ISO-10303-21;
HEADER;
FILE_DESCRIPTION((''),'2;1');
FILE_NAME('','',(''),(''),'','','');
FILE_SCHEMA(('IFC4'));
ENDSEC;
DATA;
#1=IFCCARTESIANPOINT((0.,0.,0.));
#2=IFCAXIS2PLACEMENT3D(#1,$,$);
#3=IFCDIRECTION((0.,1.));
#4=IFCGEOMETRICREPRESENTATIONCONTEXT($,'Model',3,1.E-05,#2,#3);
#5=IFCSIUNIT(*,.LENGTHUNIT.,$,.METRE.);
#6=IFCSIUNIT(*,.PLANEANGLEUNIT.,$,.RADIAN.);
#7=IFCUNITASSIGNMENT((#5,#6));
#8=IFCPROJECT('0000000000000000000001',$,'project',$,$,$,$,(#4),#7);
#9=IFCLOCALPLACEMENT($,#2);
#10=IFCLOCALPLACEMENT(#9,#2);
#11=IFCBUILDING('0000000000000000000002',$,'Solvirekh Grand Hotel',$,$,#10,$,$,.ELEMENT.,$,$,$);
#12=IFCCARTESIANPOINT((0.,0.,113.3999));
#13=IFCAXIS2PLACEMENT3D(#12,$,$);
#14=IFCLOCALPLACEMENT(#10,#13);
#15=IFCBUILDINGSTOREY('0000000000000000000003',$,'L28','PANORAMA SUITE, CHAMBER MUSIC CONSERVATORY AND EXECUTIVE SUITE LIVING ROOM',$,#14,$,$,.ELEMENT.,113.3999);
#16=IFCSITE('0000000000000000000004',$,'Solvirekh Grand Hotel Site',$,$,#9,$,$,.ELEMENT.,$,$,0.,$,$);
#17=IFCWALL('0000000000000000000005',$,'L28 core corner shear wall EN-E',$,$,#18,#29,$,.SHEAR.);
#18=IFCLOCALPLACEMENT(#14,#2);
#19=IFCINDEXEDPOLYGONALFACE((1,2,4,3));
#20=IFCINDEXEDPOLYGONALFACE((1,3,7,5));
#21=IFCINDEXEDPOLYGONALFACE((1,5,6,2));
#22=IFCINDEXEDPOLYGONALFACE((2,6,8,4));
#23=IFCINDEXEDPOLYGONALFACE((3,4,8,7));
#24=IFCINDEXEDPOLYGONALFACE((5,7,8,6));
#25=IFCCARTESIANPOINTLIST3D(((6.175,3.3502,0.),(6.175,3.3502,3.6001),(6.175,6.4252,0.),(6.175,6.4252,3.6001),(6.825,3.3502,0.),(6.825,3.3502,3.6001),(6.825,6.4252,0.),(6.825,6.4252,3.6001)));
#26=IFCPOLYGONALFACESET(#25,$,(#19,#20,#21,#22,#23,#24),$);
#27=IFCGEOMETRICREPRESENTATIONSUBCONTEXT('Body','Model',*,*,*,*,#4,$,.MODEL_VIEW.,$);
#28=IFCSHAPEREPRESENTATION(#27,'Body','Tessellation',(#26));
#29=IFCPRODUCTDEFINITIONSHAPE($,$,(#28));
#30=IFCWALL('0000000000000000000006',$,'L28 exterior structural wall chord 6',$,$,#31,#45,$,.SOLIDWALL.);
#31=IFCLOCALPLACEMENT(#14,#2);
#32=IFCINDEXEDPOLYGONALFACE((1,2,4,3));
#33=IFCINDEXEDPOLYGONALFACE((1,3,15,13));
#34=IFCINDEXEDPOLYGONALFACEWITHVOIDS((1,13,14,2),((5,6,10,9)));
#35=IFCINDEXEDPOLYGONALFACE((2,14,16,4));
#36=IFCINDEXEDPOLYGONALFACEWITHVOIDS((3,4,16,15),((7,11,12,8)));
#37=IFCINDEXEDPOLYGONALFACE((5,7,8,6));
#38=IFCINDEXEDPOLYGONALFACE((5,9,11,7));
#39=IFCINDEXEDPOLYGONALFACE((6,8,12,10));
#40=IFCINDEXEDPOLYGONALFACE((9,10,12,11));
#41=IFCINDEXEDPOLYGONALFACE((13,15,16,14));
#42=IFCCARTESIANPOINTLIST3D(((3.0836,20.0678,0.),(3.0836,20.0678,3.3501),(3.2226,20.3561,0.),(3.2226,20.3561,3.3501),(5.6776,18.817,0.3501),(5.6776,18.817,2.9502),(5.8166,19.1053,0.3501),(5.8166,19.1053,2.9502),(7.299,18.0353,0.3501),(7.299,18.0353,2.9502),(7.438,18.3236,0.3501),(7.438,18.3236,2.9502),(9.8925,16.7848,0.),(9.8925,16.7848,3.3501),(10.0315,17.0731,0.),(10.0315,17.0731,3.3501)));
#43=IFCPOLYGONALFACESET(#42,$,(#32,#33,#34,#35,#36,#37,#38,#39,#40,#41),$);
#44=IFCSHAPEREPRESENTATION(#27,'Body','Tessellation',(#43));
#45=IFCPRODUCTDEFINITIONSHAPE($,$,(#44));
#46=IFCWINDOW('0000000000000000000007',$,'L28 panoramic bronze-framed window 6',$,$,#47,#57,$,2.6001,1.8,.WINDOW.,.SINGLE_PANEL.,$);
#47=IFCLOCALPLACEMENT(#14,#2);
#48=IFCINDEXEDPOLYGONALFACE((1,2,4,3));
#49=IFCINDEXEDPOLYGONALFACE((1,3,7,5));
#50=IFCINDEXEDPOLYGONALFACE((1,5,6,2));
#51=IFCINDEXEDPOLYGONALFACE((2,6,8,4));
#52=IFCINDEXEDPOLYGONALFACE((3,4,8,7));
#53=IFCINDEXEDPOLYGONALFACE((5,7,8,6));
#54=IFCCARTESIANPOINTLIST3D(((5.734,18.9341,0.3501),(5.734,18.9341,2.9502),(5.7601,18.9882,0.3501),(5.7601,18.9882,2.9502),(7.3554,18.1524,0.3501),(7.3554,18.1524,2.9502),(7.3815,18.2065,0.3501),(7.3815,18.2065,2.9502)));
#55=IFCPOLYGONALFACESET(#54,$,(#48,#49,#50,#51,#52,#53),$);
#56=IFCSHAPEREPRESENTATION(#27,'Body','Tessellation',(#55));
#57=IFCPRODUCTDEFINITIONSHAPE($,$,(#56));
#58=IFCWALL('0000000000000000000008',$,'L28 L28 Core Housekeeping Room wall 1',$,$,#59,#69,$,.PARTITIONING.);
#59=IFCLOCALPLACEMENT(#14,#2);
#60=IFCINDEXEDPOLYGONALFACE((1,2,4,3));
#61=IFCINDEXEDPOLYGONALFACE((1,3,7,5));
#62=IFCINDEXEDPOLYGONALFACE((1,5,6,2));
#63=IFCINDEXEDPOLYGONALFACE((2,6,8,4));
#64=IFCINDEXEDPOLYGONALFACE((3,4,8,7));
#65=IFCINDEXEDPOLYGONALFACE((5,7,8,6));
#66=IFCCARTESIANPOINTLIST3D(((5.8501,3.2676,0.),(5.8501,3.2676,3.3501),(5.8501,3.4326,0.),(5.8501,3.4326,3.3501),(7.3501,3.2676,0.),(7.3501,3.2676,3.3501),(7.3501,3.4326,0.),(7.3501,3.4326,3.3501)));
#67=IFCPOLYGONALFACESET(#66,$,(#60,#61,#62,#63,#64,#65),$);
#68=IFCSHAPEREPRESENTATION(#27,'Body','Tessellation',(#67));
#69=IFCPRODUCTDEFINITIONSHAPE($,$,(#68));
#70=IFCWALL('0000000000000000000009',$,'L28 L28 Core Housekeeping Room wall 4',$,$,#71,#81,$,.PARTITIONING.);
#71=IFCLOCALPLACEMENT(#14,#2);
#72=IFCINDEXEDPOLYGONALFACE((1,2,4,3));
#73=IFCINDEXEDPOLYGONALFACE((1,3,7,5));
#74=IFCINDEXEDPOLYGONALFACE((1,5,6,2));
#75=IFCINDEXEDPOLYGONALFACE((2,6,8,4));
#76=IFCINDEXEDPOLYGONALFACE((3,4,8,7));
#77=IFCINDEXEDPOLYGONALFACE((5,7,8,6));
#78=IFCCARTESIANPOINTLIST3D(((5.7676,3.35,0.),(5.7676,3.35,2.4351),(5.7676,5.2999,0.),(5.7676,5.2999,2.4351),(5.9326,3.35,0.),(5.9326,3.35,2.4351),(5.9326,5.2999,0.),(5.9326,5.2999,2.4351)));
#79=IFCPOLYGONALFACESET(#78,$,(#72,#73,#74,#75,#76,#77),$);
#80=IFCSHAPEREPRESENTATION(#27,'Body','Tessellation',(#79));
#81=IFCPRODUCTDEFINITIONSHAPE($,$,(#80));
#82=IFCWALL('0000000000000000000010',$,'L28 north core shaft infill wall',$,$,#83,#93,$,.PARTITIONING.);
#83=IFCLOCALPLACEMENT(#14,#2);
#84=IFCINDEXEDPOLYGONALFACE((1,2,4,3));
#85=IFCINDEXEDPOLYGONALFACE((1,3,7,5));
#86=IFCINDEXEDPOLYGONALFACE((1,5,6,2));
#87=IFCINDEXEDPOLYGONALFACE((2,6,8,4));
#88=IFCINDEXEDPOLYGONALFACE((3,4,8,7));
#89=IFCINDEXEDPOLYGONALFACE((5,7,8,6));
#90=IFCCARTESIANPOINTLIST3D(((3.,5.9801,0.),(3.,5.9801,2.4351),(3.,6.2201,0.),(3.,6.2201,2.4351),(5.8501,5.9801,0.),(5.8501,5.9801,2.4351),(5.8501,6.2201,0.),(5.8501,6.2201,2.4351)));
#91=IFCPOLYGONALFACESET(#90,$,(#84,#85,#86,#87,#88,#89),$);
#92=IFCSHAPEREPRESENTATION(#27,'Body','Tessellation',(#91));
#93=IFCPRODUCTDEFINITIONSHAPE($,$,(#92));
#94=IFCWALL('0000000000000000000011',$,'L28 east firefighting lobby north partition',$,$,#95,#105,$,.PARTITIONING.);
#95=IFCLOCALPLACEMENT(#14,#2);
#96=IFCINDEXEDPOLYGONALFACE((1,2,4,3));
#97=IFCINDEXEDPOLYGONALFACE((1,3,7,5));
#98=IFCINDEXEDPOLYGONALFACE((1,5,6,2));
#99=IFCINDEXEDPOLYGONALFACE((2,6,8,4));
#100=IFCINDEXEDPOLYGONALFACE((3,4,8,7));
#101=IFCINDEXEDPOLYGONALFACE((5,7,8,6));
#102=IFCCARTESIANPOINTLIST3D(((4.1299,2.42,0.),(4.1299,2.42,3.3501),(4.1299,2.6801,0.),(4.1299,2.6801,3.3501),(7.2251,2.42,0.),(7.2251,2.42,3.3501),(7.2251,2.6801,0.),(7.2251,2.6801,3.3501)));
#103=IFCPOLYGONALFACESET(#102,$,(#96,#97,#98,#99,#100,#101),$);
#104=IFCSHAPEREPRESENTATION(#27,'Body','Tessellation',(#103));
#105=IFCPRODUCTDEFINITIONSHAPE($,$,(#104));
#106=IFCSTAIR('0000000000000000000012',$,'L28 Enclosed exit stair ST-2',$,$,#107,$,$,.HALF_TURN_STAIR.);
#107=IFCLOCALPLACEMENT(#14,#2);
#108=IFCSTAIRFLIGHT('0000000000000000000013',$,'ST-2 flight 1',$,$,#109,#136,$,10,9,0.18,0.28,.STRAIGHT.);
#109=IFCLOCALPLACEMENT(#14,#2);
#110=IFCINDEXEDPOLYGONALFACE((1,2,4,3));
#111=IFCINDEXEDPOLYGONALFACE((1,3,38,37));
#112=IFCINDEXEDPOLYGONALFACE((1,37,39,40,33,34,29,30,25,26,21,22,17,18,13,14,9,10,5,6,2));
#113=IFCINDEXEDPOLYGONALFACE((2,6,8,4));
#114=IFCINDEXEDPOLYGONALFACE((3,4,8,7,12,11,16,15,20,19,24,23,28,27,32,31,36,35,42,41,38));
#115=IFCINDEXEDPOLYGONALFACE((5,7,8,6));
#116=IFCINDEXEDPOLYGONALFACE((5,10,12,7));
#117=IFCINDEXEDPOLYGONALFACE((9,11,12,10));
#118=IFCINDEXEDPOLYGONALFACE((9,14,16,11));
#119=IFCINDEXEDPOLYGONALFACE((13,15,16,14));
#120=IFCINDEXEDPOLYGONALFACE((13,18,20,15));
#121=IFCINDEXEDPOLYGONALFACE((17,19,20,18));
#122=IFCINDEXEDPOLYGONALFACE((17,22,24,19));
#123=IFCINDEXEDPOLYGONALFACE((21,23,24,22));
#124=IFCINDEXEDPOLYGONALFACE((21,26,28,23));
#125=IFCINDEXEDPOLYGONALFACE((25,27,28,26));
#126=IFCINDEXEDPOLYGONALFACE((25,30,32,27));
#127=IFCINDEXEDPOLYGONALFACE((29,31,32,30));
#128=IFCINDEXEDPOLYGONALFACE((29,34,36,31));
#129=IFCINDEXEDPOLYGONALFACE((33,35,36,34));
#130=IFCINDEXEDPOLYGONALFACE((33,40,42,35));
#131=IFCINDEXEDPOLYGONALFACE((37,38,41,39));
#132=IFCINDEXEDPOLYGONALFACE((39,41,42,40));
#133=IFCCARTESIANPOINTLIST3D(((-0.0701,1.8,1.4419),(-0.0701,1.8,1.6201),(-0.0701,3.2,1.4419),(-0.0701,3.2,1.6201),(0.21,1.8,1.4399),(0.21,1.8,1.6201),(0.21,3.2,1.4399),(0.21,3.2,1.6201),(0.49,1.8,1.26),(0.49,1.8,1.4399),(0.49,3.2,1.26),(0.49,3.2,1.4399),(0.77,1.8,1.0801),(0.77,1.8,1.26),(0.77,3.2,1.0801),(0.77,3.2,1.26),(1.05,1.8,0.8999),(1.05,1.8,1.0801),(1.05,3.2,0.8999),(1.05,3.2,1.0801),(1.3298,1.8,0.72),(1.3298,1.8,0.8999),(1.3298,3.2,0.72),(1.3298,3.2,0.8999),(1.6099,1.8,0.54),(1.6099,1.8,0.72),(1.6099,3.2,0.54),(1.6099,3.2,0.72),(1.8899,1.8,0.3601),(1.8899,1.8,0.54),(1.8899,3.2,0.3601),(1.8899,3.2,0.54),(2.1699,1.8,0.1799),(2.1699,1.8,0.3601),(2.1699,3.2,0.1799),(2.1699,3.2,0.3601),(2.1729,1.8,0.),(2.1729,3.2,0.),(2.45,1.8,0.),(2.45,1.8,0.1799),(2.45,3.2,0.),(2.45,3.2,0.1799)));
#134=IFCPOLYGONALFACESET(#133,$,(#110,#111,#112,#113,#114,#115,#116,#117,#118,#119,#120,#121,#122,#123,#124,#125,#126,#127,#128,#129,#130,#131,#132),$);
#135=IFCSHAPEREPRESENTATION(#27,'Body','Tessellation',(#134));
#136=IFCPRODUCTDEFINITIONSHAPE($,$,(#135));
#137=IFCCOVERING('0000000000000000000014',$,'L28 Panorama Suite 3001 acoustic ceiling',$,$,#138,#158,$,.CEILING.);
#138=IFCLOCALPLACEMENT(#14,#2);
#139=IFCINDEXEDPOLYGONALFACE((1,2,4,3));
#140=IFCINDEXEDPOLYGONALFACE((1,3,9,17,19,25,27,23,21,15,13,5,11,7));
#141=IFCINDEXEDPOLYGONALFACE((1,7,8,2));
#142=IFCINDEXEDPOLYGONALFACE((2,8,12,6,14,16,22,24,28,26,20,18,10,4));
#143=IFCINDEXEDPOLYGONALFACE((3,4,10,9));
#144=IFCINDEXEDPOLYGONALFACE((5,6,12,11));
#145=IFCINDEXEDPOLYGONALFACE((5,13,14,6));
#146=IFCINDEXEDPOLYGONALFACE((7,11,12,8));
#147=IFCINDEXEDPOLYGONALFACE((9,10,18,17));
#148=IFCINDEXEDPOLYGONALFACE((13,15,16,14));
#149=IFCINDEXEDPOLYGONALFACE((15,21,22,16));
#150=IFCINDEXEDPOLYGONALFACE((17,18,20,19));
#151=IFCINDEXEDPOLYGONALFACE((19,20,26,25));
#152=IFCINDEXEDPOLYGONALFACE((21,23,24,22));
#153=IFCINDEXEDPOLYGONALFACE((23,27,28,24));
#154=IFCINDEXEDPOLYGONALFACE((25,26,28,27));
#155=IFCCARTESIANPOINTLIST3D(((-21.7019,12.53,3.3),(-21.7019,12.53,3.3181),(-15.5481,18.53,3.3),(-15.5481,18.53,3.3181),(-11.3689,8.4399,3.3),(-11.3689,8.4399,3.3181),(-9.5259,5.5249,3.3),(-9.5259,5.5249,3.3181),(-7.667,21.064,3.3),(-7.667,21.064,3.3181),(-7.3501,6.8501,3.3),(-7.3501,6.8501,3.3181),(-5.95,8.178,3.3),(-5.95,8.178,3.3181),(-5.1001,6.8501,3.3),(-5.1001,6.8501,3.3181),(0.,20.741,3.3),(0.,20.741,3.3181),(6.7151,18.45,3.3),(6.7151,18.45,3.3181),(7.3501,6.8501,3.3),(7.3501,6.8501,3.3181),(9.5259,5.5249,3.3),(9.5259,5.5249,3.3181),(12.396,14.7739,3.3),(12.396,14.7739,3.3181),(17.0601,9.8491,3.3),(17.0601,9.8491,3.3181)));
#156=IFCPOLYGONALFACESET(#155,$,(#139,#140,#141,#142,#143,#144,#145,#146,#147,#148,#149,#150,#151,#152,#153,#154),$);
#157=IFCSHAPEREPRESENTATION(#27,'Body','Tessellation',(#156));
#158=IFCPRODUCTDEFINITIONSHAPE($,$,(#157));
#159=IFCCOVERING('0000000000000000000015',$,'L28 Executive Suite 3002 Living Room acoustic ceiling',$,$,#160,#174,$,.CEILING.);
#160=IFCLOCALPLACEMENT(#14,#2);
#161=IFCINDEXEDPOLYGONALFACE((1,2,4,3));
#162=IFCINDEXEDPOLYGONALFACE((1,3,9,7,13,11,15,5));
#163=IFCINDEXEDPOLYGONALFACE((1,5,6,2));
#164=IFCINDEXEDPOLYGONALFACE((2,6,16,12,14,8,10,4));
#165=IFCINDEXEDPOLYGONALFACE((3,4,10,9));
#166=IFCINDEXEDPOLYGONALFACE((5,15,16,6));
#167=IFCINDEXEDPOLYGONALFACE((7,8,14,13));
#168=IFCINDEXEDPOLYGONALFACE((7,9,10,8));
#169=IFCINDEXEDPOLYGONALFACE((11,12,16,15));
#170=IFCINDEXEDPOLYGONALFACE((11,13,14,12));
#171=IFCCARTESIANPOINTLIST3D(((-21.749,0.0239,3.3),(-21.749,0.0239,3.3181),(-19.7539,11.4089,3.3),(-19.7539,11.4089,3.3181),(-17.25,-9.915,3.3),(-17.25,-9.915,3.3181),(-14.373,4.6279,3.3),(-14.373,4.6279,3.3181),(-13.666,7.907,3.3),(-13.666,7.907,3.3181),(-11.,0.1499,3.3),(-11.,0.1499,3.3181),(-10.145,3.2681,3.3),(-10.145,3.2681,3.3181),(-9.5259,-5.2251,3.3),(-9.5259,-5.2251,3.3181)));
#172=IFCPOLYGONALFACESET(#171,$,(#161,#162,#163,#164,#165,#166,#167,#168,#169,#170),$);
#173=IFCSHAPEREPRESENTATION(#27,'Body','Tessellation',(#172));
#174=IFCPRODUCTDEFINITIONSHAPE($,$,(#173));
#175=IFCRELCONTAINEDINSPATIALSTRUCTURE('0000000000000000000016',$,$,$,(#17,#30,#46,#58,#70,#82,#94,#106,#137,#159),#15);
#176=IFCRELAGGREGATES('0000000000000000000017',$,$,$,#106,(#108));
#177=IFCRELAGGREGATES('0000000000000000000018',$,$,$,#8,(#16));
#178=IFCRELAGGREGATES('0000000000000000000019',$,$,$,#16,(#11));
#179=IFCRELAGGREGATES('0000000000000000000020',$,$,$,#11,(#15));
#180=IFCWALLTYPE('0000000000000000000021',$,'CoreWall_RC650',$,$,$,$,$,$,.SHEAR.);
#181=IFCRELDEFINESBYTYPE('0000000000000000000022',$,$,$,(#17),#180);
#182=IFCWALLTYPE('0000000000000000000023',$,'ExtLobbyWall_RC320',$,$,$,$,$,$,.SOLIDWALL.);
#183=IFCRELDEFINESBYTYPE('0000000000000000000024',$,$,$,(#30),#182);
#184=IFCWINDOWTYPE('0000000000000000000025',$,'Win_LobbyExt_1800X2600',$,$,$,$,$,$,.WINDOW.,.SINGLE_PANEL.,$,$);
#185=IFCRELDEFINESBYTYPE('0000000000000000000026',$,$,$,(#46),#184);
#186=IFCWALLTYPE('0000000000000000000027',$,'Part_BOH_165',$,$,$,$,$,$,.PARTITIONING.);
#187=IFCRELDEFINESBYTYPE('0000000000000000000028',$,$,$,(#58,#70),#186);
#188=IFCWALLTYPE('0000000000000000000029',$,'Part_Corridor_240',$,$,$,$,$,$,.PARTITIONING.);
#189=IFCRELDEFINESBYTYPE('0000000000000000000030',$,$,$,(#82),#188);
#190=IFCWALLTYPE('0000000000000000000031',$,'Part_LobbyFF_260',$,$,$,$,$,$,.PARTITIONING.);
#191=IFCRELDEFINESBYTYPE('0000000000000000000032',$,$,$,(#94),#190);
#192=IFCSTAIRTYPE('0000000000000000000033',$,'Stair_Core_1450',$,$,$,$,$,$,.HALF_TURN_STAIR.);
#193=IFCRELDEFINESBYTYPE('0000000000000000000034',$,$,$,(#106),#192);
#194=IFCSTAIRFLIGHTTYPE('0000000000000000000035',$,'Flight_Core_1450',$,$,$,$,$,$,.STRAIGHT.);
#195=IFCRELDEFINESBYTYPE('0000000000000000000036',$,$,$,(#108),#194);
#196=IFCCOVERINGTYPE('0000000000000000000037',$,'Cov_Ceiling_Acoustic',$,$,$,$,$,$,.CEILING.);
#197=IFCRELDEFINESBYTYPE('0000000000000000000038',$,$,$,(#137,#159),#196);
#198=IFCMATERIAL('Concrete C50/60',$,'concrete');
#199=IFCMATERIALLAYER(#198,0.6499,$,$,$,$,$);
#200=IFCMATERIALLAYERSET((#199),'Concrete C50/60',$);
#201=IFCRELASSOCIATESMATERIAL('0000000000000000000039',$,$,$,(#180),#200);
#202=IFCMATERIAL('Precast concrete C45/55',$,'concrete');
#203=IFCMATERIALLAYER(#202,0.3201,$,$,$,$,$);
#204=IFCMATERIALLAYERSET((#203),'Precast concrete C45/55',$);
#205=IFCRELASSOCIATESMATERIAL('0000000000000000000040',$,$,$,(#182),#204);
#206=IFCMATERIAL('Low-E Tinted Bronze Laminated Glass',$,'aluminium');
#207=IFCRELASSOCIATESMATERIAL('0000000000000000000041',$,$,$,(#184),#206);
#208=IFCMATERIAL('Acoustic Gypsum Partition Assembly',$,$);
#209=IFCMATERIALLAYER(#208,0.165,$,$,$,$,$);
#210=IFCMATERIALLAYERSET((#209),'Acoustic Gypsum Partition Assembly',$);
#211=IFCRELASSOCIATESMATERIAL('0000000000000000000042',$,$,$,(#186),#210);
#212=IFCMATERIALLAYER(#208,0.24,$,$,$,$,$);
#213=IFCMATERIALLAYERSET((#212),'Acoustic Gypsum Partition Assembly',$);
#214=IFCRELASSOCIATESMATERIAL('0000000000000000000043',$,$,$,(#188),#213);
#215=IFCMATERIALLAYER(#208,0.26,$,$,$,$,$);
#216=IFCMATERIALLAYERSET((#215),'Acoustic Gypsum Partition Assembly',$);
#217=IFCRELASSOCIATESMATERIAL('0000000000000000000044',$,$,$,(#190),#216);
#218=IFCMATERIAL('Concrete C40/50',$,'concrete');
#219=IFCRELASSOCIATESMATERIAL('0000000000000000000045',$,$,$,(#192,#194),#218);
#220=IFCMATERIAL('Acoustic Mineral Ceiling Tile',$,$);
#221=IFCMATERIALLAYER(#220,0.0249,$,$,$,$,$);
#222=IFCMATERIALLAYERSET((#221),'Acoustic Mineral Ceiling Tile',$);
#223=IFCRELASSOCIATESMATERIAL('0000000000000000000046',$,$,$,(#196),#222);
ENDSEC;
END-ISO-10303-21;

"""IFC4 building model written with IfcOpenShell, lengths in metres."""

from ifc_helpers import new_model, si_unit, direction, frame, frame_2d, origin, place, context, subcontext, project, spatial, polyline, rectangle, outline, extrude, material, layer, layer_set, type_object, element, fill, aggregate, save


model = new_model("IFC4")

# Units and contexts
model_context = context("Model", 3, precision=1e-05, world=origin(), true_north=direction((0.0, 1.0)))
body_context = subcontext(model_context, "Body", "Model", "MODEL_VIEW")
ifc_project = project(units=[si_unit("LENGTHUNIT", "METRE"), si_unit("PLANEANGLEUNIT", "RADIAN")], contexts=[model_context])

# Site, building, storey
site_placement = place(None, origin())
site = spatial("IfcSite", under=ifc_project, at=site_placement, Name="Solvirekh Grand Hotel Site", CompositionType="ELEMENT", RefElevation=0.0)
building_placement = place(site_placement, origin())
building = spatial("IfcBuilding", under=site, at=building_placement, Name="Solvirekh Grand Hotel", CompositionType="ELEMENT")
storey_placement = place(building_placement, frame((0.0, 0.0, 113.3999)))
storey = spatial("IfcBuildingStorey", under=building, at=storey_placement, Name="L28", Description="PANORAMA SUITE, CHAMBER MUSIC CONSERVATORY AND EXECUTIVE SUITE LIVING ROOM", CompositionType="ELEMENT", Elevation=113.3999)

# Shared definitions
ifc_material_1 = material(Name="Concrete C50/60", Category="concrete")

# Wall
ifc_material_2 = material(Name="Concrete C40/50", Category="concrete")
ifc_layer_1 = layer(ifc_material_1, 0.6499)
ifc_layer_set_1 = layer_set([ifc_layer_1], Name="Concrete C50/60")
wall_type_1 = type_object("IfcWallType", Name="CoreWall_RC650", PredefinedType="SHEAR", material=ifc_layer_set_1)
wall_1_placement = place(storey_placement, frame((6.5, 3.3501, 0.0), z_axis=(0.0, 0.0, 1.0), x_axis=(0.0, 1.0, 0.0)))
element("IfcWall", 1, at=wall_1_placement, inside=storey, type_object=wall_type_1, Name="L28 core corner shear wall EN-E", PredefinedType="SHEAR", context=body_context, shape_type="SweptSolid", body=[
    extrude(rectangle(XDim=3.075, YDim=0.6499, at=frame_2d((1.5376, 0.0))), origin(), (0.0, 0.0, 1.0), 3.6001),
])

# Wall, opening, window
ifc_material_3 = material(Name="Precast concrete C45/55", Category="concrete")
ifc_layer_2 = layer(ifc_material_3, 0.3201)
ifc_layer_set_2 = layer_set([ifc_layer_2], Name="Precast concrete C45/55")
wall_type_2 = type_object("IfcWallType", Name="ExtLobbyWall_RC320", PredefinedType="SOLIDWALL", material=ifc_layer_set_2)
wall_2_placement = place(storey_placement, frame((3.1531, 20.2119, 0.0), z_axis=(0.0, 0.0, 1.0), x_axis=(0.900762, -0.434313, 0.0)))
wall_2 = element("IfcWall", 2, at=wall_2_placement, inside=storey, type_object=wall_type_2, Name="L28 exterior structural wall chord 6", PredefinedType="SOLIDWALL", context=body_context, shape_type="SweptSolid", body=[
    extrude(rectangle(XDim=7.5591, YDim=0.3201, at=frame_2d((3.7795, 0.0))), origin(), (0.0, 0.0, 1.0), 3.3501),
])
opening_placement = place(wall_2_placement, frame((2.8799, 0.0, 0.3501)))
opening = element("IfcOpeningElement", 3, at=opening_placement, cuts=wall_2, PredefinedType="OPENING", context=body_context, shape_type="SweptSolid", body=[
    extrude(rectangle(XDim=1.8, YDim=2.6001, at=frame_2d((0.8999, 1.3))), frame((0.0, 0.1699, 0.0), z_axis=(0.0, -1.0, 0.0), x_axis=(1.0, 0.0, 0.0)), (0.0, 0.0, 1.0), 0.3401),
])
ifc_material_4 = material(Name="Low-E Tinted Bronze Laminated Glass", Category="aluminium")
window_type = type_object("IfcWindowType", Name="Win_LobbyExt_1800X2600", PartitioningType="SINGLE_PANEL", PredefinedType="WINDOW", material=ifc_material_4)
window_placement = place(opening_placement, origin())
window = element("IfcWindow", 4, at=window_placement, inside=storey, type_object=window_type, Name="L28 panoramic bronze-framed window 6", OverallHeight=2.6001, OverallWidth=1.8, PartitioningType="SINGLE_PANEL", PredefinedType="WINDOW", context=body_context, shape_type="SweptSolid", body=[
    extrude(rectangle(XDim=1.8, YDim=2.6001, at=frame_2d((0.8999, 1.3))), frame((0.0, 0.03, 0.0), z_axis=(0.0, -1.0, 0.0), x_axis=(1.0, 0.0, 0.0)), (0.0, 0.0, 1.0), 0.0601),
])
fill(opening, window)

# Walls
ifc_material_5 = material(Name="Acoustic Gypsum Partition Assembly")
ifc_layer_3 = layer(ifc_material_5, 0.165)
ifc_layer_set_3 = layer_set([ifc_layer_3], Name="Acoustic Gypsum Partition Assembly")
wall_type_3 = type_object("IfcWallType", Name="Part_BOH_165", PredefinedType="PARTITIONING", material=ifc_layer_set_3)
wall_3_placement = place(storey_placement, frame((5.8501, 3.3501, 0.0), z_axis=(0.0, 0.0, 1.0), x_axis=(1.0, 0.0, 0.0)))
element("IfcWall", 5, at=wall_3_placement, inside=storey, type_object=wall_type_3, Name="L28 L28 Core Housekeeping Room wall 1", PredefinedType="PARTITIONING", context=body_context, shape_type="SweptSolid", body=[
    extrude(rectangle(XDim=1.5, YDim=0.165, at=frame_2d((0.75, 0.0))), origin(), (0.0, 0.0, 1.0), 3.3501),
])
wall_4_placement = place(storey_placement, frame((5.8501, 5.3, 0.0), z_axis=(0.0, 0.0, 1.0), x_axis=(0.0, -1.0, 0.0)))
element("IfcWall", 6, at=wall_4_placement, inside=storey, type_object=wall_type_3, Name="L28 L28 Core Housekeeping Room wall 4", PredefinedType="PARTITIONING", context=body_context, shape_type="SweptSolid", body=[
    extrude(rectangle(XDim=1.95, YDim=0.165, at=frame_2d((0.9751, 0.0))), origin(), (0.0, 0.0, 1.0), 2.4351),
])
ifc_layer_4 = layer(ifc_material_5, 0.24)
ifc_layer_set_4 = layer_set([ifc_layer_4], Name="Acoustic Gypsum Partition Assembly")
wall_type_4 = type_object("IfcWallType", Name="Part_Corridor_240", PredefinedType="PARTITIONING", material=ifc_layer_set_4)
wall_5_placement = place(storey_placement, frame((3.0, 6.1001, 0.0), z_axis=(0.0, 0.0, 1.0), x_axis=(1.0, 0.0, 0.0)))
element("IfcWall", 7, at=wall_5_placement, inside=storey, type_object=wall_type_4, Name="L28 north core shaft infill wall", PredefinedType="PARTITIONING", context=body_context, shape_type="SweptSolid", body=[
    extrude(rectangle(XDim=2.8501, YDim=0.24, at=frame_2d((1.425, 0.0))), origin(), (0.0, 0.0, 1.0), 2.4351),
])
ifc_layer_5 = layer(ifc_material_5, 0.26)
ifc_layer_set_5 = layer_set([ifc_layer_5], Name="Acoustic Gypsum Partition Assembly")
wall_type_5 = type_object("IfcWallType", Name="Part_LobbyFF_260", PredefinedType="PARTITIONING", material=ifc_layer_set_5)
wall_6_placement = place(storey_placement, frame((4.1299, 2.55, 0.0), z_axis=(0.0, 0.0, 1.0), x_axis=(1.0, 0.0, 0.0)))
element("IfcWall", 8, at=wall_6_placement, inside=storey, type_object=wall_type_5, Name="L28 east firefighting lobby north partition", PredefinedType="PARTITIONING", context=body_context, shape_type="SweptSolid", body=[
    extrude(rectangle(XDim=3.0952, YDim=0.26, at=frame_2d((1.5476, 0.0))), origin(), (0.0, 0.0, 1.0), 3.3501),
])

# Stair, stair flight
stair_type = type_object("IfcStairType", Name="Stair_Core_1450", PredefinedType="HALF_TURN_STAIR", material=ifc_material_2)
stair_placement = place(storey_placement, origin())
stair = element("IfcStair", 9, at=stair_placement, inside=storey, type_object=stair_type, Name="L28 Enclosed exit stair ST-2", PredefinedType="HALF_TURN_STAIR")
stair_flight_type = type_object("IfcStairFlightType", Name="Flight_Core_1450", PredefinedType="STRAIGHT", material=ifc_material_2)
stair_flight_placement = place(storey_placement, frame((2.45, 2.5, 0.0), z_axis=(0.0, 0.0, 1.0), x_axis=(-1.0, 0.0, 0.0)))
stair_flight = element("IfcStairFlight", 10, at=stair_flight_placement, type_object=stair_flight_type, Name="ST-2 flight 1", NumberOfRisers=10, NumberOfTreads=9, PredefinedType="STRAIGHT", RiserHeight=0.18, TreadLength=0.28, context=body_context, shape_type="SweptSolid", body=[
    extrude(outline(polyline([(0.0, 0.0), (0.0, 0.1799), (0.28, 0.1799), (0.28, 0.3601), (0.5601, 0.3601), (0.5601, 0.54), (0.8401, 0.54), (0.8401, 0.72), (1.1201, 0.72), (1.1201, 0.8999), (1.3999, 0.8999), (1.3999, 1.0801), (1.6799, 1.0801), (1.6799, 1.26), (1.96, 1.26), (1.96, 1.4399), (2.24, 1.4399), (2.24, 1.6201), (2.52, 1.6201), (2.52, 1.8), (2.52, 1.4419), (0.2771, 0.0), (0.0, 0.0)])), frame((0.0, 0.7, 0.0), z_axis=(0.0, -1.0, 0.0), x_axis=(1.0, 0.0, 0.0)), (0.0, 0.0, 1.0), 1.3999),
])
aggregate(stair, [stair_flight])

# Coverings
ifc_material_6 = material(Name="Acoustic Mineral Ceiling Tile")
ifc_layer_6 = layer(ifc_material_6, 0.0249)
ifc_layer_set_6 = layer_set([ifc_layer_6], Name="Acoustic Mineral Ceiling Tile")
covering_type_1 = type_object("IfcCoveringType", Name="Cov_Ceiling_Acoustic", PredefinedType="CEILING", material=ifc_layer_set_6)
covering_1_placement = place(storey_placement, frame((0.0, 0.0, 3.3)))
element("IfcCovering", 11, at=covering_1_placement, inside=storey, type_object=covering_type_1, Name="L28 Panorama Suite 3001 acoustic ceiling", PredefinedType="CEILING", context=body_context, shape_type="SweptSolid", body=[
    extrude(outline(polyline([(-7.3501, 6.8501), (-11.3689, 8.4399), (-5.95, 8.178), (-5.1001, 6.8501), (7.3501, 6.8501), (9.5259, 5.5249), (17.0601, 9.8491), (12.396, 14.7739), (6.7151, 18.45), (0.0, 20.741), (-7.667, 21.064), (-15.5481, 18.53), (-21.7019, 12.53), (-9.5259, 5.5249), (-7.3501, 6.8501)])), origin(), (0.0, 0.0, 1.0), 0.0181),
])
covering_2_placement = place(storey_placement, frame((0.0, 0.0, 3.3)))
element("IfcCovering", 12, at=covering_2_placement, inside=storey, type_object=covering_type_1, Name="L28 Executive Suite 3002 Living Room acoustic ceiling", PredefinedType="CEILING", context=body_context, shape_type="SweptSolid", body=[
    extrude(outline(polyline([(-14.373, 4.6279), (-13.666, 7.907), (-19.7539, 11.4089), (-21.749, 0.0239), (-17.25, -9.915), (-9.5259, -5.2251), (-11.0, 0.1499), (-10.145, 3.2681), (-14.373, 4.6279)])), origin(), (0.0, 0.0, 1.0), 0.0181),
])

save(model, "model.ifc")
